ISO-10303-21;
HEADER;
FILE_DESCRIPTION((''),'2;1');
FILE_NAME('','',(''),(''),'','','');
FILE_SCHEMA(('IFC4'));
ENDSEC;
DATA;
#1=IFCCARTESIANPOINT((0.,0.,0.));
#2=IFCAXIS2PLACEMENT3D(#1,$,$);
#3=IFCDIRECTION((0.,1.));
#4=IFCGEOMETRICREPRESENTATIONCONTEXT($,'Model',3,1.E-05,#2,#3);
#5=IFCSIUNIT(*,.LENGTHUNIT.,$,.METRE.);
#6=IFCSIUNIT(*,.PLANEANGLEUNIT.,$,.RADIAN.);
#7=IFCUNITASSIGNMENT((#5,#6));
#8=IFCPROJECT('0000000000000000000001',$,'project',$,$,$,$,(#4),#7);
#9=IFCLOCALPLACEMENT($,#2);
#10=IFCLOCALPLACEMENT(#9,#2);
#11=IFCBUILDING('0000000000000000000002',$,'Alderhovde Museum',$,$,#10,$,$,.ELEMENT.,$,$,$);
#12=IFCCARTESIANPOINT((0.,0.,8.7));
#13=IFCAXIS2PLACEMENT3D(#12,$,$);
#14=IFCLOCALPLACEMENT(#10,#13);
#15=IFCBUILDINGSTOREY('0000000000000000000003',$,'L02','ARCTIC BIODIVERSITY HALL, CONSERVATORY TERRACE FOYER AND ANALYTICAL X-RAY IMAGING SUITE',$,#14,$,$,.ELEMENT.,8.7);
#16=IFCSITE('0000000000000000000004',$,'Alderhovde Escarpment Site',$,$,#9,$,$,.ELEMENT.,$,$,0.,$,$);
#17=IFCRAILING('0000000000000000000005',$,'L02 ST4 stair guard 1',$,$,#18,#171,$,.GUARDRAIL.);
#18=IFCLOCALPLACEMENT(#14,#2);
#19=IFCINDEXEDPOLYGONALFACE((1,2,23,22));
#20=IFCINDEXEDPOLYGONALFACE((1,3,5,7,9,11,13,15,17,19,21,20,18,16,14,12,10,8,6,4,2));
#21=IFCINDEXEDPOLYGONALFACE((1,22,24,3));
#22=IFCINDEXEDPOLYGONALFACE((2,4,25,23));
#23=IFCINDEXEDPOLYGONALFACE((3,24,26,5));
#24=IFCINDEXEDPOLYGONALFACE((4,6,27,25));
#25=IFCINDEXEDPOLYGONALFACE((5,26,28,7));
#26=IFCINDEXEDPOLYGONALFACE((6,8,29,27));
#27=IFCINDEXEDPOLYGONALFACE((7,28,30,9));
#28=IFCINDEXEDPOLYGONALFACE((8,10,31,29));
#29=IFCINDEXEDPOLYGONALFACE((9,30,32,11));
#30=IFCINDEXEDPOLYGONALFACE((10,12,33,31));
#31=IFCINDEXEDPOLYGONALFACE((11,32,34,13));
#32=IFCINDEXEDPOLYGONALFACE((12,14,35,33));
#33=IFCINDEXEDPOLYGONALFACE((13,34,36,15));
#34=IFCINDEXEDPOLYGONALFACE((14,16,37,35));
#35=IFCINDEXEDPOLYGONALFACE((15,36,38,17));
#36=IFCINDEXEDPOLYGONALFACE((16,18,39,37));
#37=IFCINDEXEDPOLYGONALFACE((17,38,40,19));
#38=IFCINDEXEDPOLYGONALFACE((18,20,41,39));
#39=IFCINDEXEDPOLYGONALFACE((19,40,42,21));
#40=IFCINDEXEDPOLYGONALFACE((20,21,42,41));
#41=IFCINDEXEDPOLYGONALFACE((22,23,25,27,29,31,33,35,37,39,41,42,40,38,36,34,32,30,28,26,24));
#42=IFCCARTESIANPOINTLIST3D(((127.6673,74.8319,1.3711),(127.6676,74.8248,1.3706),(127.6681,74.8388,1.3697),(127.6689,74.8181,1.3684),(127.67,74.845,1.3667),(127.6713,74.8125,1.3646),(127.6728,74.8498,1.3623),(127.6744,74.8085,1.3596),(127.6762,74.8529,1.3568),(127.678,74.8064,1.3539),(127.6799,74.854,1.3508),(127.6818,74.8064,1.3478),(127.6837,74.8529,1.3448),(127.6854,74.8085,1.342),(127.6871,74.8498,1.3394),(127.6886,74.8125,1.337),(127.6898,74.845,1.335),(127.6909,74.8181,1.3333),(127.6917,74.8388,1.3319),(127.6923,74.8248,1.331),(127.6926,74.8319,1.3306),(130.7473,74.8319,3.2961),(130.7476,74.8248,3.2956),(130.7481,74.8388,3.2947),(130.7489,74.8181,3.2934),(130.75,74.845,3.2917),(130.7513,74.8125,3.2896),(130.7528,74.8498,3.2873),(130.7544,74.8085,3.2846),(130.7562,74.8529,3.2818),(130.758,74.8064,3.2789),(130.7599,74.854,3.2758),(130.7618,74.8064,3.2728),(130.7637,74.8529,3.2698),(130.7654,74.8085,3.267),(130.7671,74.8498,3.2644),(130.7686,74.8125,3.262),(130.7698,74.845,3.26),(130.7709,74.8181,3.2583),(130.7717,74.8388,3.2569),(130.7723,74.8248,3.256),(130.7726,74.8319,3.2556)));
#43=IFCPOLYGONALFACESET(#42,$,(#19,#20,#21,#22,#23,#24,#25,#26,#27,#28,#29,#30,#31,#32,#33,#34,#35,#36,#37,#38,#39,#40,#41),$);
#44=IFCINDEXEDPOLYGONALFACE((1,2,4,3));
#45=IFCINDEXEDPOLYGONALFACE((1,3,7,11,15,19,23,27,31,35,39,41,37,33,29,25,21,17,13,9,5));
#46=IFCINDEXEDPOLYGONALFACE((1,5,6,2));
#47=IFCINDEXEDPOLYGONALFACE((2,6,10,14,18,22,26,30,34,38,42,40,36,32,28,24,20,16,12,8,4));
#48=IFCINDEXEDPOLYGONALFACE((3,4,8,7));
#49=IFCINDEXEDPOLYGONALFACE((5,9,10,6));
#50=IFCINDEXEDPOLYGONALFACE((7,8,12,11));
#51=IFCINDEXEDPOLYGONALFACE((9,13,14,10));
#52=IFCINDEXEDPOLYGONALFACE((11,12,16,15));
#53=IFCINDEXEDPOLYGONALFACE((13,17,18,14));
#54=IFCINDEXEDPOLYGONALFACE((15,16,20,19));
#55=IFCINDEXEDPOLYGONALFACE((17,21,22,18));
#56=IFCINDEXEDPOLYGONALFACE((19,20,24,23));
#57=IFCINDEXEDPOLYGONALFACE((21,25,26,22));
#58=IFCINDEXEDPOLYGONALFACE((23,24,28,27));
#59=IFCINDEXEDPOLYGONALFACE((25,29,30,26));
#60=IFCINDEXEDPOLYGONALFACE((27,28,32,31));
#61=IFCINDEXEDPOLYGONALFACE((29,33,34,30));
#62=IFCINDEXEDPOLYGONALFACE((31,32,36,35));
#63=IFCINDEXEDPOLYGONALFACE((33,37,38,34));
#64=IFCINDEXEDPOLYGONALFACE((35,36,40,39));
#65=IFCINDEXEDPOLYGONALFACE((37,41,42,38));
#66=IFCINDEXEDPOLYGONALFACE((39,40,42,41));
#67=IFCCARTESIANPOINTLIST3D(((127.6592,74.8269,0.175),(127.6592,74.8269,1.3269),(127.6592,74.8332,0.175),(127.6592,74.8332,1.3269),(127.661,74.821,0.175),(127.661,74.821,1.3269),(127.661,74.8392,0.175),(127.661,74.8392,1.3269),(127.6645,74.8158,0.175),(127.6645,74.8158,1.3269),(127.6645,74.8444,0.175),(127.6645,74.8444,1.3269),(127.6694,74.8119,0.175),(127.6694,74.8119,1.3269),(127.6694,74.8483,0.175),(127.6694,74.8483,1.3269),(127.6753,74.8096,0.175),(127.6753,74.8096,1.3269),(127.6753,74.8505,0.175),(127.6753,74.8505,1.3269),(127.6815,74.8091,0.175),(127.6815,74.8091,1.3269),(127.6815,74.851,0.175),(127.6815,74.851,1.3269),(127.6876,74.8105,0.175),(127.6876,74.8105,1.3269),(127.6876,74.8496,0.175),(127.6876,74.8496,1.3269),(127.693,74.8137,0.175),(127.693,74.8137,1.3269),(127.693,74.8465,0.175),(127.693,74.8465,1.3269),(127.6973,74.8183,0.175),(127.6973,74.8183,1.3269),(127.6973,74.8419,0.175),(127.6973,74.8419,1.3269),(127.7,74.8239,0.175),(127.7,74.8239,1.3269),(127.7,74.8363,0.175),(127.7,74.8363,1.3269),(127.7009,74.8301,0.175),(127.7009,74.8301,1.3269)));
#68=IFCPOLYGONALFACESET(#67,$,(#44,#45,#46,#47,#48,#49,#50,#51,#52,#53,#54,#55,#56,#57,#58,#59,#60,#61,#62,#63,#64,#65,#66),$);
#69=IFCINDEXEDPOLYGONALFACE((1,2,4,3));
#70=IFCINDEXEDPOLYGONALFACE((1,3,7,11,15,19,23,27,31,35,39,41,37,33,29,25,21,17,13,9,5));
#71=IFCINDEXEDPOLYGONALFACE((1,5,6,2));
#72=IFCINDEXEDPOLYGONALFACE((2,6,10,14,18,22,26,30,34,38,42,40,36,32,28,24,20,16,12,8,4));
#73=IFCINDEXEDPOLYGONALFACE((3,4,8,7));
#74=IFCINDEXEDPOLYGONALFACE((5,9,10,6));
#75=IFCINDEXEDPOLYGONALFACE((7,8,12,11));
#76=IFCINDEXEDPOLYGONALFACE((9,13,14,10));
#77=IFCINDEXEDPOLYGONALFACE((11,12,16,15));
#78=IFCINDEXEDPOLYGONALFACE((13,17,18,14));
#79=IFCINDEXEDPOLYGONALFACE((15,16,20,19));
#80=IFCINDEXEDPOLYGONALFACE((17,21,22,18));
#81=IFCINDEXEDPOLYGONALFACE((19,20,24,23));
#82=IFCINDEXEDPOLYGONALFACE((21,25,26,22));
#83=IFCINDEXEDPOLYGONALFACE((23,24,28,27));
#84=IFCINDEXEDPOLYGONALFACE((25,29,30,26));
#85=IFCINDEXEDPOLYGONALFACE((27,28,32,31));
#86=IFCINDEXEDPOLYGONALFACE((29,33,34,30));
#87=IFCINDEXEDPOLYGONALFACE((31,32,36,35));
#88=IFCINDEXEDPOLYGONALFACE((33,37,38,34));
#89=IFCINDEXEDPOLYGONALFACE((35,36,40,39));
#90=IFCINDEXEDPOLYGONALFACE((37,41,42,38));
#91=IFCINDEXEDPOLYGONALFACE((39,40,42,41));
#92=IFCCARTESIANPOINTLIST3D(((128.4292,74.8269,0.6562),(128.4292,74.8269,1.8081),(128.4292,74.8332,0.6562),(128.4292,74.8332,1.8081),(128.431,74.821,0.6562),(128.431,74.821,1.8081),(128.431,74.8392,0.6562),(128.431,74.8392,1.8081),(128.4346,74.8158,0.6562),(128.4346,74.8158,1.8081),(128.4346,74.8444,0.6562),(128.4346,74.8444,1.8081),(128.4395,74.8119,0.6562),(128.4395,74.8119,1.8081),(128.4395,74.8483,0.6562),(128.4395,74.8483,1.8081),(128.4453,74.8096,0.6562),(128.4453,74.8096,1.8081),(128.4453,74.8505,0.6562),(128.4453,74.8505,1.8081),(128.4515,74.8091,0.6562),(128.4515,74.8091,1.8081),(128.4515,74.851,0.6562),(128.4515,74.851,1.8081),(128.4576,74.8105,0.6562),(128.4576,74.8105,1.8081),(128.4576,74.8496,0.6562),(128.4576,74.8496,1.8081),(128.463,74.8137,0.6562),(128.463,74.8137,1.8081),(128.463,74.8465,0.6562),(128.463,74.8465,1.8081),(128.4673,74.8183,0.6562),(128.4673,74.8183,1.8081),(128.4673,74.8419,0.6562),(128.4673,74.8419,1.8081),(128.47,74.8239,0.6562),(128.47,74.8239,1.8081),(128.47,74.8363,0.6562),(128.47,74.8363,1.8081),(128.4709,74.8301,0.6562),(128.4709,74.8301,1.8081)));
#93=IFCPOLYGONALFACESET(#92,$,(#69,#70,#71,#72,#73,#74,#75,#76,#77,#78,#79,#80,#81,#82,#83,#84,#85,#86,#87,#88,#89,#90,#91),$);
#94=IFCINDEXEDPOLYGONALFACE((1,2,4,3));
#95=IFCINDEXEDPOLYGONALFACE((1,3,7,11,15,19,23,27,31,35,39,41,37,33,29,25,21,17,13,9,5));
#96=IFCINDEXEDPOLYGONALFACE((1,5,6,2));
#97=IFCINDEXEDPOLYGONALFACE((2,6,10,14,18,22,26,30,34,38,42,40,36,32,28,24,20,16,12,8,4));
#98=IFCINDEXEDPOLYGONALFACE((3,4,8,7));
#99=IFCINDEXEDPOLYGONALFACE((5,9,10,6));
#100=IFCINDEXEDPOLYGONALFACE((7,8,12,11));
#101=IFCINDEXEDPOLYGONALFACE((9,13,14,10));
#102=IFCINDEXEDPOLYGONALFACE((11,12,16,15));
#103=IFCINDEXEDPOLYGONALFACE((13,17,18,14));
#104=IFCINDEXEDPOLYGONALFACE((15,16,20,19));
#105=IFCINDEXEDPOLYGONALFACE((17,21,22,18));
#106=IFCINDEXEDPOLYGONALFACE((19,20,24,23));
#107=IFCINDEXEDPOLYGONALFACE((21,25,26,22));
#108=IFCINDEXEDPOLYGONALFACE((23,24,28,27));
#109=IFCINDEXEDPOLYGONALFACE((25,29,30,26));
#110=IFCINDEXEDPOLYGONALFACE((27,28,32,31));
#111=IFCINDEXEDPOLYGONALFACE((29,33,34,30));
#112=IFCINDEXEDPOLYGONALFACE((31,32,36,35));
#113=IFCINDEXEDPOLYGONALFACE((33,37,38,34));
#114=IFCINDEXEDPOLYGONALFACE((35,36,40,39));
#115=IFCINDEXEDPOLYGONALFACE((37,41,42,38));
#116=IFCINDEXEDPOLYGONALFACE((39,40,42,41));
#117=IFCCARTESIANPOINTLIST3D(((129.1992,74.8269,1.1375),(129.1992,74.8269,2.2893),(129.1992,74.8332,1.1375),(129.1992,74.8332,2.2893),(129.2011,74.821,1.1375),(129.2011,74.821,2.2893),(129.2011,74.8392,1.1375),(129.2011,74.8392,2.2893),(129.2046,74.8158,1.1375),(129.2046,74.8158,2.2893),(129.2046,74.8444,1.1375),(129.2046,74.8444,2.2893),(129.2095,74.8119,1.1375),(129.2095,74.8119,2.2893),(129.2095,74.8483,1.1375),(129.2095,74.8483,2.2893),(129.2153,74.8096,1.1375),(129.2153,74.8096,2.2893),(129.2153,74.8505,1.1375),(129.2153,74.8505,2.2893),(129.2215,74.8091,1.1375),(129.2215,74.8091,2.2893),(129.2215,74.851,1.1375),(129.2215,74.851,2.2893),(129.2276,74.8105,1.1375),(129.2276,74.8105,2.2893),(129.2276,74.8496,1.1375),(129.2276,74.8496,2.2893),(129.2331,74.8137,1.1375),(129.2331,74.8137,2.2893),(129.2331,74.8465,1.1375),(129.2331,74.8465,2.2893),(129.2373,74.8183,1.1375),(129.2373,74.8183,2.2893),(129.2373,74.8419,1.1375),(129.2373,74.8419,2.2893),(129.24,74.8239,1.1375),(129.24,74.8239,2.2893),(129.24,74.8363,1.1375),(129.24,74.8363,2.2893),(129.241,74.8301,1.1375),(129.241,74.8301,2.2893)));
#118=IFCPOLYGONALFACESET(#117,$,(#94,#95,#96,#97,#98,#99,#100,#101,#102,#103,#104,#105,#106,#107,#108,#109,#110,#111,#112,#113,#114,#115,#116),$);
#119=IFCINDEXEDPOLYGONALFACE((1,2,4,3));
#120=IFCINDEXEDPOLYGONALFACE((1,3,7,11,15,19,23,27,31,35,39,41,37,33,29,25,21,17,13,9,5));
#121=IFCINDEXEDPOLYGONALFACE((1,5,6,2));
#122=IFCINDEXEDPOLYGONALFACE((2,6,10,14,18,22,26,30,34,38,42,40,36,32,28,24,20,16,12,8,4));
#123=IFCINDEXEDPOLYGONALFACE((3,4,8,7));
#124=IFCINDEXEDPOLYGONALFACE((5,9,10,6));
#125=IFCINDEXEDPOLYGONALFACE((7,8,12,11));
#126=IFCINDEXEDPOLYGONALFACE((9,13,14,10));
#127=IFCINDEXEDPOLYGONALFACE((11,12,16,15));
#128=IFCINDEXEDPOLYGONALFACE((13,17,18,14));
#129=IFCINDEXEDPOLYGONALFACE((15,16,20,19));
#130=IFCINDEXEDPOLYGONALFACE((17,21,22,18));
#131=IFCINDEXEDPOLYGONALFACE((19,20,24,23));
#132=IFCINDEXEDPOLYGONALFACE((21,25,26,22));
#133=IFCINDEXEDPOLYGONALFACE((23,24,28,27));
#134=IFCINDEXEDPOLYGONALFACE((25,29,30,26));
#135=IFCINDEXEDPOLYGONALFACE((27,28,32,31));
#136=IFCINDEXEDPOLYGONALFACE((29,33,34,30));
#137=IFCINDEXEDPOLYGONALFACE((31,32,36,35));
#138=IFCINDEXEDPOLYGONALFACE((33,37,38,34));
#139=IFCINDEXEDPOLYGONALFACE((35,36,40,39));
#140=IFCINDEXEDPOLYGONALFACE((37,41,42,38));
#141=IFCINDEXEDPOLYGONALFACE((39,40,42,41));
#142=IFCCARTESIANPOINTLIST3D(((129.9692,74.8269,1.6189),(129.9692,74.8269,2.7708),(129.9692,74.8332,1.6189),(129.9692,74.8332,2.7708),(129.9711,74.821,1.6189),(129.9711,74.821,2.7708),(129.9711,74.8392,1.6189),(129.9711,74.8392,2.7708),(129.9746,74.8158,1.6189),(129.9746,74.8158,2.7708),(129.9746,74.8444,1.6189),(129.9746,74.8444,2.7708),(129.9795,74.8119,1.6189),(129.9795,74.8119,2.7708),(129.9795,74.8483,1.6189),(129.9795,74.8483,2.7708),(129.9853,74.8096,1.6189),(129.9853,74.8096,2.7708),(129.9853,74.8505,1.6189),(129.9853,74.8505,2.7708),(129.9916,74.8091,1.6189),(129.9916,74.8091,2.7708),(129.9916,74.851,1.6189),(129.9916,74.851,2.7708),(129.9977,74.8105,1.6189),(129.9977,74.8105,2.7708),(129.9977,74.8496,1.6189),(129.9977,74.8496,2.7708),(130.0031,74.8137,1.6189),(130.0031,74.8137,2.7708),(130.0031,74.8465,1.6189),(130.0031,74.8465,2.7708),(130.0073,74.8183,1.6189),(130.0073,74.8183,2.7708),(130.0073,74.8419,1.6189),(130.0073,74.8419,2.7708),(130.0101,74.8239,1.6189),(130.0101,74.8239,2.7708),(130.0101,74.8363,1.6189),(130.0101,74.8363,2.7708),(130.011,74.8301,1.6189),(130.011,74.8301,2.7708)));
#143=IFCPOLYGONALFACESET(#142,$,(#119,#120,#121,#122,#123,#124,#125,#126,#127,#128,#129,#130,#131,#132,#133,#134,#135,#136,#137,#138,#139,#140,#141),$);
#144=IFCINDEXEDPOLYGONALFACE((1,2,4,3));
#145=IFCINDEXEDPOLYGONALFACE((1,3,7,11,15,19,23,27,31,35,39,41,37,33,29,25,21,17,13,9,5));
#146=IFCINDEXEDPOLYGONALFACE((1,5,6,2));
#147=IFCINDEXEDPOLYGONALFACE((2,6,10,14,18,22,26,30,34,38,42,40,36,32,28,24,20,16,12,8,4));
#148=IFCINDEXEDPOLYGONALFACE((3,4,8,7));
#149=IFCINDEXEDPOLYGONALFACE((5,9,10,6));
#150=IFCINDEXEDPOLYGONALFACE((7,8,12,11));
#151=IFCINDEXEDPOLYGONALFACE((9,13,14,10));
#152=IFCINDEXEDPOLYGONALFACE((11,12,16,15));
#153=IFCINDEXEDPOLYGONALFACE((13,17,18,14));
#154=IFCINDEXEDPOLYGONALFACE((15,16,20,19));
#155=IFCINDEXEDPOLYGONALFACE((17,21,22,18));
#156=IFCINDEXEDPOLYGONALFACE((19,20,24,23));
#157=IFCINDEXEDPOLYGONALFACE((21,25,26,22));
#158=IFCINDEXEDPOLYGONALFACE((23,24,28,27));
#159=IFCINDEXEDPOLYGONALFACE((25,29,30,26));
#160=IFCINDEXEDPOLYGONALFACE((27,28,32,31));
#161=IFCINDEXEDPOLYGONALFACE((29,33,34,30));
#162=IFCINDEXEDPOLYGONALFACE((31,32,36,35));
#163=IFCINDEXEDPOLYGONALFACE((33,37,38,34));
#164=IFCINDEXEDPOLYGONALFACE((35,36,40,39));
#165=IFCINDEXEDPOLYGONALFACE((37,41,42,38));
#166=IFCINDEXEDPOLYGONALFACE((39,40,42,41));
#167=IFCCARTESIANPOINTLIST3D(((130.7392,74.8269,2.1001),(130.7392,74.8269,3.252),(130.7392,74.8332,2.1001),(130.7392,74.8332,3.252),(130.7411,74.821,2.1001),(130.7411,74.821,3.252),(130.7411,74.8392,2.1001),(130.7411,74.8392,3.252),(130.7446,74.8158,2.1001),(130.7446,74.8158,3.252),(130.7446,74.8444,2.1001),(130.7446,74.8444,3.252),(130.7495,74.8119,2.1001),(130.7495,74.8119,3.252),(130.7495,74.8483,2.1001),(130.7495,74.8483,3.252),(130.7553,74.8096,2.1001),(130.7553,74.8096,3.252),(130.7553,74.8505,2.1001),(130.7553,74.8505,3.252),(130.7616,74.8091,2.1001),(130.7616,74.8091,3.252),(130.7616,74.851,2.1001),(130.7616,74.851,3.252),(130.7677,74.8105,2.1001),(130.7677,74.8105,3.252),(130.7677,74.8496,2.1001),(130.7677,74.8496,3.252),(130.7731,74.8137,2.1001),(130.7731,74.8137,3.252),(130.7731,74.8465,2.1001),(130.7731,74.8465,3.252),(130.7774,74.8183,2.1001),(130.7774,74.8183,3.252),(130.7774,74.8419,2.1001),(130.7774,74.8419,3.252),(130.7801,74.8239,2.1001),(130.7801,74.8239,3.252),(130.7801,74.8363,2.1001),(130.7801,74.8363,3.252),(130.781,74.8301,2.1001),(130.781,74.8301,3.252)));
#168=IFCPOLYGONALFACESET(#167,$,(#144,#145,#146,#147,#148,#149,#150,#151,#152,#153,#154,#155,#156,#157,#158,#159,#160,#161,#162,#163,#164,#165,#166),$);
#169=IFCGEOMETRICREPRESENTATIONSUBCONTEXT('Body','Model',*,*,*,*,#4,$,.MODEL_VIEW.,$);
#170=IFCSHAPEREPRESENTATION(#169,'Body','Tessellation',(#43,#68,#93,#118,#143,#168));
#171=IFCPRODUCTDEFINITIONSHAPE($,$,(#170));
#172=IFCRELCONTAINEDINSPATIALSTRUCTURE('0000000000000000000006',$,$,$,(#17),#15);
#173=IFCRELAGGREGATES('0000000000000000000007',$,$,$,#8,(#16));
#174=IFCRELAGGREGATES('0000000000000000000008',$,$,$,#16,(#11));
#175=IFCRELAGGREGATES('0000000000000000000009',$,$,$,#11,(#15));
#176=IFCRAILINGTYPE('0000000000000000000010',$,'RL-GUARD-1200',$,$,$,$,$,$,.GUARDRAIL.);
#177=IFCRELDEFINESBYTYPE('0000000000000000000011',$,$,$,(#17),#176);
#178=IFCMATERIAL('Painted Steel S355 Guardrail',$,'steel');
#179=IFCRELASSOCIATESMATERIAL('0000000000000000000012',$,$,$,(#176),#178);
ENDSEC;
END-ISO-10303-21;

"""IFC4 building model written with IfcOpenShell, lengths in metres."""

from ifc_helpers import new_model, si_unit, direction, frame, origin, origin_2d, place, context, subcontext, project, spatial, circle, extrude, material, type_object, element, save


model = new_model("IFC4")

# Units and contexts
model_context = context("Model", 3, precision=1e-05, world=origin(), true_north=direction((0.0, 1.0)))
body_context = subcontext(model_context, "Body", "Model", "MODEL_VIEW")
ifc_project = project(units=[si_unit("LENGTHUNIT", "METRE"), si_unit("PLANEANGLEUNIT", "RADIAN")], contexts=[model_context])

# Site, building, storey
site_placement = place(None, origin())
site = spatial("IfcSite", under=ifc_project, at=site_placement, Name="Alderhovde Escarpment Site", CompositionType="ELEMENT", RefElevation=0.0)
building_placement = place(site_placement, origin())
building = spatial("IfcBuilding", under=site, at=building_placement, Name="Alderhovde Museum", CompositionType="ELEMENT")
storey_placement = place(building_placement, frame((0.0, 0.0, 8.7)))
storey = spatial("IfcBuildingStorey", under=building, at=storey_placement, Name="L02", Description="ARCTIC BIODIVERSITY HALL, CONSERVATORY TERRACE FOYER AND ANALYTICAL X-RAY IMAGING SUITE", CompositionType="ELEMENT", Elevation=8.7)

# Railing
ifc_material_1 = material(Name="Painted Steel S355 Guardrail", Category="steel")
railing_type_1 = type_object("IfcRailingType", Name="RL-GUARD-1200", PredefinedType="GUARDRAIL", material=ifc_material_1)
railing_1_placement = place(storey_placement, frame((127.6799, 74.8301, 0.175)))
element("IfcRailing", 1, at=railing_1_placement, inside=storey, type_object=railing_type_1, Name="L02 ST4 stair guard 1", PredefinedType="GUARDRAIL", context=body_context, shape_type="SweptSolid", body=[
    extrude(circle(Radius=0.0239, at=origin_2d()), frame((0.0, 0.0, 1.1758), z_axis=(0.847998, 0.0, 0.529999), x_axis=(0.0, 1.0, 0.0)), (0.0, 0.0, 1.0), 3.6321),
    extrude(circle(Radius=0.021, at=origin_2d()), origin(), (0.0, 0.0, 1.0), 1.1519),
    extrude(circle(Radius=0.021, at=origin_2d()), frame((0.77, 0.0, 0.4812)), (0.0, 0.0, 1.0), 1.1519),
    extrude(circle(Radius=0.021, at=origin_2d()), frame((1.54, 0.0, 0.9624)), (0.0, 0.0, 1.0), 1.1519),
    extrude(circle(Radius=0.021, at=origin_2d()), frame((2.3101, 0.0, 1.4438)), (0.0, 0.0, 1.0), 1.1519),
    extrude(circle(Radius=0.021, at=origin_2d()), frame((3.0801, 0.0, 1.925)), (0.0, 0.0, 1.0), 1.1519),
])

save(model, "model.ifc")
